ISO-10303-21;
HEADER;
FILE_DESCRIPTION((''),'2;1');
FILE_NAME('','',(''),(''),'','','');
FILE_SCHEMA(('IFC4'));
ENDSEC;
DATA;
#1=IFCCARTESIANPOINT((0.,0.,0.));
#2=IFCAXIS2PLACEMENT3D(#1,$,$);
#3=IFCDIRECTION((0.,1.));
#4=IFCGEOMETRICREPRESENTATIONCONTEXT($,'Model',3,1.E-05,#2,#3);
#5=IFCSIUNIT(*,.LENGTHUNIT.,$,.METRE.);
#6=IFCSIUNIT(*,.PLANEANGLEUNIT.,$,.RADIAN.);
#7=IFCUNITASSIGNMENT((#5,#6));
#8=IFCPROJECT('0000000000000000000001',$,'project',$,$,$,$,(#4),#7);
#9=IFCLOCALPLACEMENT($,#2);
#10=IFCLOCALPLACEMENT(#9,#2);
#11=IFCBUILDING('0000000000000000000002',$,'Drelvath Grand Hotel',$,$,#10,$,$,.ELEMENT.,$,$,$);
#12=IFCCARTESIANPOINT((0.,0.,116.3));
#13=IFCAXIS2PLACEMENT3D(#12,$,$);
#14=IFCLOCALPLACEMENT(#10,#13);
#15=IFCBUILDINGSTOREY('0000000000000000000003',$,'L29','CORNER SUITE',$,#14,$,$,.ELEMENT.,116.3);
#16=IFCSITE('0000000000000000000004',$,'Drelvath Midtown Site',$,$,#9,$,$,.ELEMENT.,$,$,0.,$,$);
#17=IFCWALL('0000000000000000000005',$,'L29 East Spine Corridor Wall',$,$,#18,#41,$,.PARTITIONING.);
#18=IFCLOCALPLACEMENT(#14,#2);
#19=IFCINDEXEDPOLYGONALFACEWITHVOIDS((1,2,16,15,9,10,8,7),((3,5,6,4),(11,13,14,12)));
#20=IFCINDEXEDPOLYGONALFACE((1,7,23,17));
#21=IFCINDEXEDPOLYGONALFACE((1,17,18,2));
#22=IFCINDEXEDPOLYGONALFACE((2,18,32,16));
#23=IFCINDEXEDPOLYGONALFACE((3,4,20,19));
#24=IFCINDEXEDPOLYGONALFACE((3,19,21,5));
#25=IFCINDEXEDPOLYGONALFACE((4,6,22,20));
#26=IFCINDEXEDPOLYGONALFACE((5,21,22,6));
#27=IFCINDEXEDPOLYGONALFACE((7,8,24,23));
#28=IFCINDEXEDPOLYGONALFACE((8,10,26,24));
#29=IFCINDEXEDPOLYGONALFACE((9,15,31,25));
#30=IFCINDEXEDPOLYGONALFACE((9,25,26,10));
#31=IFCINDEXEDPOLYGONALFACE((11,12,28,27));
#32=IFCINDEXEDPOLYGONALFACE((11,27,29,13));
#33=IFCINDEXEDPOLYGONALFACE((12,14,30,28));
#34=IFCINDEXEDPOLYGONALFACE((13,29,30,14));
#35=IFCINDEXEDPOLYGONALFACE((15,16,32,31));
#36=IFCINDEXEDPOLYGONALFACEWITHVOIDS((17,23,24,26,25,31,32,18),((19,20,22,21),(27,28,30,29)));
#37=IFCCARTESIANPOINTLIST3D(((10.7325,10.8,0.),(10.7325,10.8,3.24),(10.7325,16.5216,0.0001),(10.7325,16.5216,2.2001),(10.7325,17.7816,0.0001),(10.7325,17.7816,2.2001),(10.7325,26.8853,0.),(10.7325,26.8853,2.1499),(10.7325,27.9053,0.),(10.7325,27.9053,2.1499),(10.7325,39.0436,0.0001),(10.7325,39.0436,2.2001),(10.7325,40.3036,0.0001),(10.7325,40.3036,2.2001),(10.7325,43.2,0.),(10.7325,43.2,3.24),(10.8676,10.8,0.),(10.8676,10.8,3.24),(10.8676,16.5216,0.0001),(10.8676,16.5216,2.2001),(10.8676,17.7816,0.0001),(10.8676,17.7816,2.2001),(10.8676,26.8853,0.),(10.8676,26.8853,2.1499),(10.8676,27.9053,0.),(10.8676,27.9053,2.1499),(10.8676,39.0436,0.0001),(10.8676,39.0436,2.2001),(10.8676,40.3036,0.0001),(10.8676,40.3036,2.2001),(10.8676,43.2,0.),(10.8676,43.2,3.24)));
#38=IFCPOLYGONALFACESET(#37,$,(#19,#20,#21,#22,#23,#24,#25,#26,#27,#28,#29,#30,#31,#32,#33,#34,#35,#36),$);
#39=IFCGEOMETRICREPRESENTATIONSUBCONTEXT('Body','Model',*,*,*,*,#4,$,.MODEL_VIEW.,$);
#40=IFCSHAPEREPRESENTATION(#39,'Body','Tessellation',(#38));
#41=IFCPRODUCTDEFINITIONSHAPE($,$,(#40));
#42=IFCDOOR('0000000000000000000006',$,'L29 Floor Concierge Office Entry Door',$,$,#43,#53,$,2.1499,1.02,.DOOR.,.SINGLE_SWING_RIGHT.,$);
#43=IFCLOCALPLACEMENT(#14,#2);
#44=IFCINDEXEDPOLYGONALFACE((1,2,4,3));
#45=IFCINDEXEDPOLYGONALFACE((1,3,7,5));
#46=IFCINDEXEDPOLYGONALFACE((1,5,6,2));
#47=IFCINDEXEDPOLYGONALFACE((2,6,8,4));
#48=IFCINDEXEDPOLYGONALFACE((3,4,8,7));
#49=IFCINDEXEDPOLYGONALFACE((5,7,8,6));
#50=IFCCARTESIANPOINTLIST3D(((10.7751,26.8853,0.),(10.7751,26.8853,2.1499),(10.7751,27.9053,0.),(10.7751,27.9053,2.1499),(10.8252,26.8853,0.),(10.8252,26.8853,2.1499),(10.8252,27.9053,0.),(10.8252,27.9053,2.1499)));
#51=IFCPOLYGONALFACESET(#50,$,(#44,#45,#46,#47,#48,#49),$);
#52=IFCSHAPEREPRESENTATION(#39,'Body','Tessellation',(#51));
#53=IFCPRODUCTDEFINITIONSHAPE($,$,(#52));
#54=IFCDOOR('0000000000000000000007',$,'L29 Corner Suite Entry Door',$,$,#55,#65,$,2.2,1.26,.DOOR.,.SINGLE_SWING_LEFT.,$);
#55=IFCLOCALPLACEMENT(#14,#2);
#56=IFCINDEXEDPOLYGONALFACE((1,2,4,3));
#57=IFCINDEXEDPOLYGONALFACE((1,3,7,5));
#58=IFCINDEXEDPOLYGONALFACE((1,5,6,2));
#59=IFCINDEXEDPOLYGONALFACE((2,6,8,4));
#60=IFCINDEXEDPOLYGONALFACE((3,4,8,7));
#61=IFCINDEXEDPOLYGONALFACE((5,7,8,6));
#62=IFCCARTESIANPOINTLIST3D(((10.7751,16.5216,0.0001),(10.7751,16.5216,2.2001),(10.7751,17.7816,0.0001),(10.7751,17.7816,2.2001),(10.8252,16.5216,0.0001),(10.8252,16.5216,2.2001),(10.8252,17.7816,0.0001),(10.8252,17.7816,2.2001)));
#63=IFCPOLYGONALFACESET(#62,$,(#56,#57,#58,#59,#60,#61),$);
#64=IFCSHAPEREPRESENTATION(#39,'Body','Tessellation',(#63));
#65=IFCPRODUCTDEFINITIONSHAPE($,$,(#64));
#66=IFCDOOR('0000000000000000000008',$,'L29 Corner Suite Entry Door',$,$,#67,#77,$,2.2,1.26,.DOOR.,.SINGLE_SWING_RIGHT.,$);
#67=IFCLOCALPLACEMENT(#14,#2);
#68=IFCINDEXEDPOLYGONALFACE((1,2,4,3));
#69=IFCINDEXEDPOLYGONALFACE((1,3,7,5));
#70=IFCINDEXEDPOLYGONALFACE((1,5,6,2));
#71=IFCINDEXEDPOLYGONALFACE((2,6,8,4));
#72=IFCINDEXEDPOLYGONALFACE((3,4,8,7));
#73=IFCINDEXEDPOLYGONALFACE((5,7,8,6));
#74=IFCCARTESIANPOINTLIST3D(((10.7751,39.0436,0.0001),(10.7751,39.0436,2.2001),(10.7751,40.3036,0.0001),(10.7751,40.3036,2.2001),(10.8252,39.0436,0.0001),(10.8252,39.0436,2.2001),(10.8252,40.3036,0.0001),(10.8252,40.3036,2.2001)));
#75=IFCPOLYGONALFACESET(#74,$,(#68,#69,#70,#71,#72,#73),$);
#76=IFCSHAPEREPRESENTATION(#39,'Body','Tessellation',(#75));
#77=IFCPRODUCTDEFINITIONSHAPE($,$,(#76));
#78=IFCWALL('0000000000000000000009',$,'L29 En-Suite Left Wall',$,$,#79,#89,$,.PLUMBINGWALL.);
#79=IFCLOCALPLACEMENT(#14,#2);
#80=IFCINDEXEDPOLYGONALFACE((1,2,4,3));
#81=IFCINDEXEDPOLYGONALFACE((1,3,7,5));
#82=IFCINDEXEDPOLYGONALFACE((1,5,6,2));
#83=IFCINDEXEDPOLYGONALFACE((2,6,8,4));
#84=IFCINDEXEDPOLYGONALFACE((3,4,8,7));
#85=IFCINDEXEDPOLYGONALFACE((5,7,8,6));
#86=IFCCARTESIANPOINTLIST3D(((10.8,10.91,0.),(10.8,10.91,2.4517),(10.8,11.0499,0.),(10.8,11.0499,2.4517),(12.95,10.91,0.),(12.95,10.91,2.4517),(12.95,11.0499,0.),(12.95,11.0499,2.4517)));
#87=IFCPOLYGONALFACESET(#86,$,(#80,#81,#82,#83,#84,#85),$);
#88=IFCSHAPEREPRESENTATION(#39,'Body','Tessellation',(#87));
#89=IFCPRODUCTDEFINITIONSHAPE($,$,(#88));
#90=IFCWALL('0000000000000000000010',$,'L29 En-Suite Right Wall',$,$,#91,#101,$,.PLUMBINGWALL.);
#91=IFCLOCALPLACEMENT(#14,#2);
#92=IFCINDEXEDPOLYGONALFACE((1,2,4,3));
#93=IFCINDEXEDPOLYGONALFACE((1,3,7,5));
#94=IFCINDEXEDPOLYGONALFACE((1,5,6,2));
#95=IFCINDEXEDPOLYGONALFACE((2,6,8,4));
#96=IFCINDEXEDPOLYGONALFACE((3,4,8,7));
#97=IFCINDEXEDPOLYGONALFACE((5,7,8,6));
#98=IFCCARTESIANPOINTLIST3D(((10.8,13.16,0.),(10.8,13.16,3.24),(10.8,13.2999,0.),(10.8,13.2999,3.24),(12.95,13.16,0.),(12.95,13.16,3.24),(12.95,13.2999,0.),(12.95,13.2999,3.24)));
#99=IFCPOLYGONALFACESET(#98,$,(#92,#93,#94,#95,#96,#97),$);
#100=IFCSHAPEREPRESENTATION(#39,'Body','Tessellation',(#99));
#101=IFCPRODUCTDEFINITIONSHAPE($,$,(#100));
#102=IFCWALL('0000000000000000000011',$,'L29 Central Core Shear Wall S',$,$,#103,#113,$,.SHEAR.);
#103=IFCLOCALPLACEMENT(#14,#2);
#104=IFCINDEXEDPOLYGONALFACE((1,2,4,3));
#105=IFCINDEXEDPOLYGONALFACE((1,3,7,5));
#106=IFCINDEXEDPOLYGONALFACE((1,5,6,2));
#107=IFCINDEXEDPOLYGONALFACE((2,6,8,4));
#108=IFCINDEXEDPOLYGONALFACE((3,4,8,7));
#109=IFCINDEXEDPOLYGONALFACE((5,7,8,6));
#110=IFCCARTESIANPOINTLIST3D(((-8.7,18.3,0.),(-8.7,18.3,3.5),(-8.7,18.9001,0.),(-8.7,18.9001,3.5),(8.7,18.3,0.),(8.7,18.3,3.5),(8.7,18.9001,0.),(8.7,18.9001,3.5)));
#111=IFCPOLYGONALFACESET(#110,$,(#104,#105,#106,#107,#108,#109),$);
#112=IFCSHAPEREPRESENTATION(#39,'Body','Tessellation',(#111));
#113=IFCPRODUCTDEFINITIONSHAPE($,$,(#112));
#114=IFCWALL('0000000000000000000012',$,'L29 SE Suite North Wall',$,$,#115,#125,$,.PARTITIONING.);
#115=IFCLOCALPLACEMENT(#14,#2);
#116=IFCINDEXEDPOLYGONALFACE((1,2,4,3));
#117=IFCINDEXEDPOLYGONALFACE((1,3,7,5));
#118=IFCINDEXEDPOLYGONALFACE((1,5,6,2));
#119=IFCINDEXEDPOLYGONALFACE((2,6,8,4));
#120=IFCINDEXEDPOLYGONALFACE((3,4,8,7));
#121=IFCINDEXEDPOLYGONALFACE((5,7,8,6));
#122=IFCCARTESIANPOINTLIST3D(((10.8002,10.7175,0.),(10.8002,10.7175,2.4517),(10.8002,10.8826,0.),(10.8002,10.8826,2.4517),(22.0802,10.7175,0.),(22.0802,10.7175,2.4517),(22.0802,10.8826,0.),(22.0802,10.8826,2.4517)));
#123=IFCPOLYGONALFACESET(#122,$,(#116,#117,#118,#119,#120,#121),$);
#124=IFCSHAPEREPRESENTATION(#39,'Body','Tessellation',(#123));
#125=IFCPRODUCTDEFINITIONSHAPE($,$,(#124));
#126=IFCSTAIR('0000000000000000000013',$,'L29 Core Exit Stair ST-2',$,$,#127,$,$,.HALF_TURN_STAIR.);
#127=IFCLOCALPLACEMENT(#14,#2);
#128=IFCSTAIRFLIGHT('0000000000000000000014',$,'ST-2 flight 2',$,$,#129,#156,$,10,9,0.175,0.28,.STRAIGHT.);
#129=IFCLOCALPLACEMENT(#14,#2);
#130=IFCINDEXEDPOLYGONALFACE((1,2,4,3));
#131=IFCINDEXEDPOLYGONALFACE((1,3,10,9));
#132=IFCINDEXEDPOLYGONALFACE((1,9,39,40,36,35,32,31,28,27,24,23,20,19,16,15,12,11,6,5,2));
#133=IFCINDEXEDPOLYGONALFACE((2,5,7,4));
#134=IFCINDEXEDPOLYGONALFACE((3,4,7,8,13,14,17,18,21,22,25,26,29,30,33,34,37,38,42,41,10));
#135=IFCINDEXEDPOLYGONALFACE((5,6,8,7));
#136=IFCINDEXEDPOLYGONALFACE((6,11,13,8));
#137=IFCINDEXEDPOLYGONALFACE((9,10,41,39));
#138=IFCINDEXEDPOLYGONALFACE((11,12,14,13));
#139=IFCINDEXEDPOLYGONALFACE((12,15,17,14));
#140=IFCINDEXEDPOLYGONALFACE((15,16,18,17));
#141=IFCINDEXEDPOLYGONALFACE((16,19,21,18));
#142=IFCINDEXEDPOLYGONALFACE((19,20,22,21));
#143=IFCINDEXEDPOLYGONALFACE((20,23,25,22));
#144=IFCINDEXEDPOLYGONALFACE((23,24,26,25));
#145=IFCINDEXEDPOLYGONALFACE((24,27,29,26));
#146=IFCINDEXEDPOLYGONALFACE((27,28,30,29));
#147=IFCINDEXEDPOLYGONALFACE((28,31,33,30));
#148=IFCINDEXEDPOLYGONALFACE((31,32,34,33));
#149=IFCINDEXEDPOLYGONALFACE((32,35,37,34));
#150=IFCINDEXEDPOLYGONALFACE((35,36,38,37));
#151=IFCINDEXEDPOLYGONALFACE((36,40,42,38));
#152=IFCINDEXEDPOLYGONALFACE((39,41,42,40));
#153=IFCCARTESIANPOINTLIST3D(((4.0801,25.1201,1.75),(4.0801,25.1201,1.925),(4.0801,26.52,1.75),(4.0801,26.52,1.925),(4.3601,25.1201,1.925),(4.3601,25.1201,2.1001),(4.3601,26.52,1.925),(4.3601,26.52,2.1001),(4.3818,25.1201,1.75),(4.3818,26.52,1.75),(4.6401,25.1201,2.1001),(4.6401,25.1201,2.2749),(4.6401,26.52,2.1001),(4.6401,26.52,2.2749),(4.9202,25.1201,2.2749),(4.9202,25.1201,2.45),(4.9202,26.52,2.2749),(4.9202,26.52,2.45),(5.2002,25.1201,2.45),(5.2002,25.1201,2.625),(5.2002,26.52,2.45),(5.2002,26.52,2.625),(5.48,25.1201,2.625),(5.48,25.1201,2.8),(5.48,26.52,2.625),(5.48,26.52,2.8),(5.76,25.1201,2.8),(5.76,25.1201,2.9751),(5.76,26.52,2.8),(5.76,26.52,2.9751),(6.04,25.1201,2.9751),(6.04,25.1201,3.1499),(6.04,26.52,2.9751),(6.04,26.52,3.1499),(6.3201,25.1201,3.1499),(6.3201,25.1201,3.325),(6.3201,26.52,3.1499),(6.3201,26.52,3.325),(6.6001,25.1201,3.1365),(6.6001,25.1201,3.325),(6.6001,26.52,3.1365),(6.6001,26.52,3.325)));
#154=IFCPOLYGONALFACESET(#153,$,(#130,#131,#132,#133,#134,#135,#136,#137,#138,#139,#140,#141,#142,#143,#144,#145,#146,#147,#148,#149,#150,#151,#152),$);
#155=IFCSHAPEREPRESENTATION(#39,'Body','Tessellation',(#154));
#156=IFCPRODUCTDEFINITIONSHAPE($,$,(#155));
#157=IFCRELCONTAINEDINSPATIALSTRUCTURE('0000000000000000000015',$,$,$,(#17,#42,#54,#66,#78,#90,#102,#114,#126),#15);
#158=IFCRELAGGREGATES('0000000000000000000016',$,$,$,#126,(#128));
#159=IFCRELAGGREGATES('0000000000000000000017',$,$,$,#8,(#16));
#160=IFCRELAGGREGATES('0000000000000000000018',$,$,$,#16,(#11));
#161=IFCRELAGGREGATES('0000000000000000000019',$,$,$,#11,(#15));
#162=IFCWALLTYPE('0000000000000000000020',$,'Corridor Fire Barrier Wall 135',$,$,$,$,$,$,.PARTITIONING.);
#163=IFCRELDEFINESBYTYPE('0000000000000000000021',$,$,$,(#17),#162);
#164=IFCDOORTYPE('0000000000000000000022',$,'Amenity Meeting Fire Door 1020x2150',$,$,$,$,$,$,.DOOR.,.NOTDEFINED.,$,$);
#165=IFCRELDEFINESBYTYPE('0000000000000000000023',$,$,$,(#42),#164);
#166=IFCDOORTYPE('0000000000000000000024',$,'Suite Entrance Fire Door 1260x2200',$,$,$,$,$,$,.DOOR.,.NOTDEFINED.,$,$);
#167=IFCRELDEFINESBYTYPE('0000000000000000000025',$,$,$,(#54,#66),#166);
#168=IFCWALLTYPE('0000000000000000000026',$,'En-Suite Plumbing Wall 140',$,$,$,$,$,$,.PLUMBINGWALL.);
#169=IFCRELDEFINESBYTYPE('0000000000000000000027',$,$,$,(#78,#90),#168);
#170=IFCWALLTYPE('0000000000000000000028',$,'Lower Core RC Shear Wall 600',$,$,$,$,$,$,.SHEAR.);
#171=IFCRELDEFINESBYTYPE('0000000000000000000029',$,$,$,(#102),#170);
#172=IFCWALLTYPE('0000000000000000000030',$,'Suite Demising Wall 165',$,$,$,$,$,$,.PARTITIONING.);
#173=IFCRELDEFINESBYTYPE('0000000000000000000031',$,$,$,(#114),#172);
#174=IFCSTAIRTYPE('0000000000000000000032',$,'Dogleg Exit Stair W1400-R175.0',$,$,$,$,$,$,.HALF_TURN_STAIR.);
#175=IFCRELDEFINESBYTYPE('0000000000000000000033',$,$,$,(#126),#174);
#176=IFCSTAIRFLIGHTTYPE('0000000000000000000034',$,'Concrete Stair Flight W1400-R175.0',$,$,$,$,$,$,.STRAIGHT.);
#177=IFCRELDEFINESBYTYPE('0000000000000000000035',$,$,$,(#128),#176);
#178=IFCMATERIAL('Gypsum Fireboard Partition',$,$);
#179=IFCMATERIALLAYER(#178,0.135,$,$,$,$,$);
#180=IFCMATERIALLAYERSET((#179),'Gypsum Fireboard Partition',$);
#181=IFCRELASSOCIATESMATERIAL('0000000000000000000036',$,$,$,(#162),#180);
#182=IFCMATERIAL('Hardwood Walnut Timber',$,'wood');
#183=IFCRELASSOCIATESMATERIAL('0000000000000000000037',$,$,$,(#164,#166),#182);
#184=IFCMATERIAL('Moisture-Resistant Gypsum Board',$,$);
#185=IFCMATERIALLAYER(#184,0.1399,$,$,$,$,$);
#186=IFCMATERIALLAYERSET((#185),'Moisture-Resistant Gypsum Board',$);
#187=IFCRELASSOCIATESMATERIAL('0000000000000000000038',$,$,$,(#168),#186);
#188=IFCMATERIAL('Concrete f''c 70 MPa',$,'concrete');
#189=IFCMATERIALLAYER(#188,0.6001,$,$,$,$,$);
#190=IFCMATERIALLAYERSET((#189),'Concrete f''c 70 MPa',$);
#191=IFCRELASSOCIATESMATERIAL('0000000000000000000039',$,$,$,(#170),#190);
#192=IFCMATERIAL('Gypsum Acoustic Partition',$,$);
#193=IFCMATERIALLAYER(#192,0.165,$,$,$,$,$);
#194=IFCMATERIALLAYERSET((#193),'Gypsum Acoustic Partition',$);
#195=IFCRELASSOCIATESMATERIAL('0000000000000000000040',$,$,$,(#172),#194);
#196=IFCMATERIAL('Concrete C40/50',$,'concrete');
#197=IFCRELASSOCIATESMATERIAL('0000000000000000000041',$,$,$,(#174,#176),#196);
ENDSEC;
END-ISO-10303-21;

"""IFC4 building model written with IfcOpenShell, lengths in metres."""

from ifc_helpers import new_model, si_unit, direction, frame, frame_2d, origin, place, context, subcontext, project, spatial, polyline, rectangle, outline, extrude, material, layer, layer_set, type_object, element, fill, aggregate, save


model = new_model("IFC4")

# Units and contexts
model_context = context("Model", 3, precision=1e-05, world=origin(), true_north=direction((0.0, 1.0)))
body_context = subcontext(model_context, "Body", "Model", "MODEL_VIEW")
ifc_project = project(units=[si_unit("LENGTHUNIT", "METRE"), si_unit("PLANEANGLEUNIT", "RADIAN")], contexts=[model_context])

# Site, building, storey
site_placement = place(None, origin())
site = spatial("IfcSite", under=ifc_project, at=site_placement, Name="Drelvath Midtown Site", CompositionType="ELEMENT", RefElevation=0.0)
building_placement = place(site_placement, origin())
building = spatial("IfcBuilding", under=site, at=building_placement, Name="Drelvath Grand Hotel", CompositionType="ELEMENT")
storey_placement = place(building_placement, frame((0.0, 0.0, 116.3)))
storey = spatial("IfcBuildingStorey", under=building, at=storey_placement, Name="L29", Description="CORNER SUITE", CompositionType="ELEMENT", Elevation=116.3)

# Shared definitions
ifc_material_1 = material(Name="Concrete f'c 70 MPa", Category="concrete")

# Shared definitions
ifc_material_2 = material(Name="Concrete C40/50", Category="concrete")

# Shared definitions
ifc_material_3 = material(Name="Gypsum Fireboard Partition")
ifc_layer_1 = layer(ifc_material_3, 0.135)
ifc_layer_set_1 = layer_set([ifc_layer_1], Name="Gypsum Fireboard Partition")
wall_type_1 = type_object("IfcWallType", Name="Corridor Fire Barrier Wall 135", PredefinedType="PARTITIONING", material=ifc_layer_set_1)

# Wall, openings, doors
wall_1_placement = place(storey_placement, frame((10.8, 10.8, 0.0), z_axis=(0.0, 0.0, 1.0), x_axis=(0.0, 1.0, 0.0)))
wall_1 = element("IfcWall", 1, at=wall_1_placement, inside=storey, type_object=wall_type_1, Name="L29 East Spine Corridor Wall", PredefinedType="PARTITIONING", context=body_context, shape_type="SweptSolid", body=[
    extrude(rectangle(XDim=32.3999, YDim=0.135, at=frame_2d((16.2, 0.0))), origin(), (0.0, 0.0, 1.0), 3.24),
])
opening_1_placement = place(wall_1_placement, frame((5.7217, 0.0, 0.0)))
opening_1 = element("IfcOpeningElement", 2, at=opening_1_placement, cuts=wall_1, PredefinedType="OPENING", context=body_context, shape_type="SweptSolid", body=[
    extrude(rectangle(XDim=1.26, YDim=2.2, at=frame_2d((0.6299, 1.1001))), frame((0.0, 0.0774, 0.0), z_axis=(0.0, -1.0, 0.0), x_axis=(1.0, 0.0, 0.0)), (0.0, 0.0, 1.0), 0.155),
])
opening_2_placement = place(wall_1_placement, frame((16.0852, 0.0, 0.0)))
opening_2 = element("IfcOpeningElement", 3, at=opening_2_placement, cuts=wall_1, PredefinedType="OPENING", context=body_context, shape_type="SweptSolid", body=[
    extrude(rectangle(XDim=1.02, YDim=2.1499, at=frame_2d((0.51, 1.075))), frame((0.0, 0.0774, 0.0), z_axis=(0.0, -1.0, 0.0), x_axis=(1.0, 0.0, 0.0)), (0.0, 0.0, 1.0), 0.155),
])
opening_3_placement = place(wall_1_placement, frame((28.2437, 0.0, 0.0)))
opening_3 = element("IfcOpeningElement", 4, at=opening_3_placement, cuts=wall_1, PredefinedType="OPENING", context=body_context, shape_type="SweptSolid", body=[
    extrude(rectangle(XDim=1.26, YDim=2.2, at=frame_2d((0.6299, 1.1001))), frame((0.0, 0.0774, 0.0), z_axis=(0.0, -1.0, 0.0), x_axis=(1.0, 0.0, 0.0)), (0.0, 0.0, 1.0), 0.155),
])
ifc_material_4 = material(Name="Hardwood Walnut Timber", Category="wood")
door_type_1 = type_object("IfcDoorType", Name="Amenity Meeting Fire Door 1020x2150", OperationType="NOTDEFINED", PredefinedType="DOOR", material=ifc_material_4)
door_1_placement = place(opening_2_placement, origin())
door_1 = element("IfcDoor", 5, at=door_1_placement, inside=storey, type_object=door_type_1, Name="L29 Floor Concierge Office Entry Door", OperationType="SINGLE_SWING_RIGHT", OverallHeight=2.1499, OverallWidth=1.02, PredefinedType="DOOR", context=body_context, shape_type="SweptSolid", body=[
    extrude(rectangle(XDim=1.02, YDim=2.1499, at=frame_2d((0.51, 1.075))), frame((0.0, 0.0249, 0.0), z_axis=(0.0, -1.0, 0.0), x_axis=(1.0, 0.0, 0.0)), (0.0, 0.0, 1.0), 0.05),
])
fill(opening_2, door_1)
door_type_2 = type_object("IfcDoorType", Name="Suite Entrance Fire Door 1260x2200", OperationType="NOTDEFINED", PredefinedType="DOOR", material=ifc_material_4)
door_2_placement = place(opening_1_placement, origin())
door_2 = element("IfcDoor", 6, at=door_2_placement, inside=storey, type_object=door_type_2, Name="L29 Corner Suite Entry Door", OperationType="SINGLE_SWING_LEFT", OverallHeight=2.2, OverallWidth=1.26, PredefinedType="DOOR", context=body_context, shape_type="SweptSolid", body=[
    extrude(rectangle(XDim=1.26, YDim=2.2, at=frame_2d((0.6299, 1.1001))), frame((0.0, 0.0249, 0.0), z_axis=(0.0, -1.0, 0.0), x_axis=(1.0, 0.0, 0.0)), (0.0, 0.0, 1.0), 0.05),
])
fill(opening_1, door_2)
door_3_placement = place(opening_3_placement, origin())
door_3 = element("IfcDoor", 7, at=door_3_placement, inside=storey, type_object=door_type_2, Name="L29 Corner Suite Entry Door", OperationType="SINGLE_SWING_RIGHT", OverallHeight=2.2, OverallWidth=1.26, PredefinedType="DOOR", context=body_context, shape_type="SweptSolid", body=[
    extrude(rectangle(XDim=1.26, YDim=2.2, at=frame_2d((0.6299, 1.1001))), frame((0.0, 0.0249, 0.0), z_axis=(0.0, -1.0, 0.0), x_axis=(1.0, 0.0, 0.0)), (0.0, 0.0, 1.0), 0.05),
])
fill(opening_3, door_3)

# Walls
ifc_material_5 = material(Name="Moisture-Resistant Gypsum Board")
ifc_layer_2 = layer(ifc_material_5, 0.1399)
ifc_layer_set_2 = layer_set([ifc_layer_2], Name="Moisture-Resistant Gypsum Board")
wall_type_2 = type_object("IfcWallType", Name="En-Suite Plumbing Wall 140", PredefinedType="PLUMBINGWALL", material=ifc_layer_set_2)
wall_2_placement = place(storey_placement, frame((10.8, 10.98, 0.0), z_axis=(0.0, 0.0, 1.0), x_axis=(1.0, 0.0, 0.0)))
element("IfcWall", 8, at=wall_2_placement, inside=storey, type_object=wall_type_2, Name="L29 En-Suite Left Wall", PredefinedType="PLUMBINGWALL", context=body_context, shape_type="SweptSolid", body=[
    extrude(rectangle(XDim=2.1499, YDim=0.1399, at=frame_2d((1.075, 0.0))), origin(), (0.0, 0.0, 1.0), 2.4517),
])
wall_3_placement = place(storey_placement, frame((10.8, 13.23, 0.0), z_axis=(0.0, 0.0, 1.0), x_axis=(1.0, 0.0, 0.0)))
element("IfcWall", 9, at=wall_3_placement, inside=storey, type_object=wall_type_2, Name="L29 En-Suite Right Wall", PredefinedType="PLUMBINGWALL", context=body_context, shape_type="SweptSolid", body=[
    extrude(rectangle(XDim=2.1499, YDim=0.1399, at=frame_2d((1.075, 0.0))), origin(), (0.0, 0.0, 1.0), 3.24),
])
ifc_layer_3 = layer(ifc_material_1, 0.6001)
ifc_layer_set_3 = layer_set([ifc_layer_3], Name="Concrete f'c 70 MPa")
wall_type_3 = type_object("IfcWallType", Name="Lower Core RC Shear Wall 600", PredefinedType="SHEAR", material=ifc_layer_set_3)
wall_4_placement = place(storey_placement, frame((8.7, 18.6001, 0.0), z_axis=(0.0, 0.0, 1.0), x_axis=(-1.0, 0.0, 0.0)))
element("IfcWall", 10, at=wall_4_placement, inside=storey, type_object=wall_type_3, Name="L29 Central Core Shear Wall S", PredefinedType="SHEAR", context=body_context, shape_type="SweptSolid", body=[
    extrude(rectangle(XDim=17.3999, YDim=0.6001, at=frame_2d((8.7, 0.0))), origin(), (0.0, 0.0, 1.0), 3.5),
])
ifc_material_6 = material(Name="Gypsum Acoustic Partition")
ifc_layer_4 = layer(ifc_material_6, 0.165)
ifc_layer_set_4 = layer_set([ifc_layer_4], Name="Gypsum Acoustic Partition")
wall_type_4 = type_object("IfcWallType", Name="Suite Demising Wall 165", PredefinedType="PARTITIONING", material=ifc_layer_set_4)
wall_5_placement = place(storey_placement, frame((10.8, 10.8, 0.0), z_axis=(0.0, 0.0, 1.0), x_axis=(1.0, 0.0, 0.0)))
element("IfcWall", 11, at=wall_5_placement, inside=storey, type_object=wall_type_4, Name="L29 SE Suite North Wall", PredefinedType="PARTITIONING", context=body_context, shape_type="SweptSolid", body=[
    extrude(rectangle(XDim=11.28, YDim=0.165, at=frame_2d((5.6401, 0.0))), origin(), (0.0, 0.0, 1.0), 2.4517),
])

# Stair, stair flight
stair_type = type_object("IfcStairType", Name="Dogleg Exit Stair W1400-R175.0", PredefinedType="HALF_TURN_STAIR", material=ifc_material_2)
stair_placement = place(storey_placement, origin())
stair = element("IfcStair", 12, at=stair_placement, inside=storey, type_object=stair_type, Name="L29 Core Exit Stair ST-2", PredefinedType="HALF_TURN_STAIR")
stair_flight_type = type_object("IfcStairFlightType", Name="Concrete Stair Flight W1400-R175.0", PredefinedType="STRAIGHT", material=ifc_material_2)
stair_flight_placement = place(storey_placement, frame((4.0801, 25.8201, 1.75), z_axis=(0.0, 0.0, 1.0), x_axis=(1.0, 0.0, 0.0)))
stair_flight = element("IfcStairFlight", 13, at=stair_flight_placement, type_object=stair_flight_type, Name="ST-2 flight 2", NumberOfRisers=10, NumberOfTreads=9, PredefinedType="STRAIGHT", RiserHeight=0.175, TreadLength=0.28, context=body_context, shape_type="SweptSolid", body=[
    extrude(outline(polyline([(0.0, 0.0), (0.0, 0.175), (0.28, 0.175), (0.28, 0.3501), (0.5601, 0.3501), (0.5601, 0.5249), (0.8401, 0.5249), (0.8401, 0.7), (1.1201, 0.7), (1.1201, 0.875), (1.3999, 0.875), (1.3999, 1.05), (1.6799, 1.05), (1.6799, 1.2251), (1.96, 1.2251), (1.96, 1.3999), (2.24, 1.3999), (2.24, 1.575), (2.52, 1.575), (2.52, 1.75), (2.52, 1.3865), (0.3018, 0.0), (0.0, 0.0)])), frame((0.0, 0.7, 0.0), z_axis=(0.0, -1.0, 0.0), x_axis=(1.0, 0.0, 0.0)), (0.0, 0.0, 1.0), 1.3999),
])
aggregate(stair, [stair_flight])

save(model, "model.ifc")
